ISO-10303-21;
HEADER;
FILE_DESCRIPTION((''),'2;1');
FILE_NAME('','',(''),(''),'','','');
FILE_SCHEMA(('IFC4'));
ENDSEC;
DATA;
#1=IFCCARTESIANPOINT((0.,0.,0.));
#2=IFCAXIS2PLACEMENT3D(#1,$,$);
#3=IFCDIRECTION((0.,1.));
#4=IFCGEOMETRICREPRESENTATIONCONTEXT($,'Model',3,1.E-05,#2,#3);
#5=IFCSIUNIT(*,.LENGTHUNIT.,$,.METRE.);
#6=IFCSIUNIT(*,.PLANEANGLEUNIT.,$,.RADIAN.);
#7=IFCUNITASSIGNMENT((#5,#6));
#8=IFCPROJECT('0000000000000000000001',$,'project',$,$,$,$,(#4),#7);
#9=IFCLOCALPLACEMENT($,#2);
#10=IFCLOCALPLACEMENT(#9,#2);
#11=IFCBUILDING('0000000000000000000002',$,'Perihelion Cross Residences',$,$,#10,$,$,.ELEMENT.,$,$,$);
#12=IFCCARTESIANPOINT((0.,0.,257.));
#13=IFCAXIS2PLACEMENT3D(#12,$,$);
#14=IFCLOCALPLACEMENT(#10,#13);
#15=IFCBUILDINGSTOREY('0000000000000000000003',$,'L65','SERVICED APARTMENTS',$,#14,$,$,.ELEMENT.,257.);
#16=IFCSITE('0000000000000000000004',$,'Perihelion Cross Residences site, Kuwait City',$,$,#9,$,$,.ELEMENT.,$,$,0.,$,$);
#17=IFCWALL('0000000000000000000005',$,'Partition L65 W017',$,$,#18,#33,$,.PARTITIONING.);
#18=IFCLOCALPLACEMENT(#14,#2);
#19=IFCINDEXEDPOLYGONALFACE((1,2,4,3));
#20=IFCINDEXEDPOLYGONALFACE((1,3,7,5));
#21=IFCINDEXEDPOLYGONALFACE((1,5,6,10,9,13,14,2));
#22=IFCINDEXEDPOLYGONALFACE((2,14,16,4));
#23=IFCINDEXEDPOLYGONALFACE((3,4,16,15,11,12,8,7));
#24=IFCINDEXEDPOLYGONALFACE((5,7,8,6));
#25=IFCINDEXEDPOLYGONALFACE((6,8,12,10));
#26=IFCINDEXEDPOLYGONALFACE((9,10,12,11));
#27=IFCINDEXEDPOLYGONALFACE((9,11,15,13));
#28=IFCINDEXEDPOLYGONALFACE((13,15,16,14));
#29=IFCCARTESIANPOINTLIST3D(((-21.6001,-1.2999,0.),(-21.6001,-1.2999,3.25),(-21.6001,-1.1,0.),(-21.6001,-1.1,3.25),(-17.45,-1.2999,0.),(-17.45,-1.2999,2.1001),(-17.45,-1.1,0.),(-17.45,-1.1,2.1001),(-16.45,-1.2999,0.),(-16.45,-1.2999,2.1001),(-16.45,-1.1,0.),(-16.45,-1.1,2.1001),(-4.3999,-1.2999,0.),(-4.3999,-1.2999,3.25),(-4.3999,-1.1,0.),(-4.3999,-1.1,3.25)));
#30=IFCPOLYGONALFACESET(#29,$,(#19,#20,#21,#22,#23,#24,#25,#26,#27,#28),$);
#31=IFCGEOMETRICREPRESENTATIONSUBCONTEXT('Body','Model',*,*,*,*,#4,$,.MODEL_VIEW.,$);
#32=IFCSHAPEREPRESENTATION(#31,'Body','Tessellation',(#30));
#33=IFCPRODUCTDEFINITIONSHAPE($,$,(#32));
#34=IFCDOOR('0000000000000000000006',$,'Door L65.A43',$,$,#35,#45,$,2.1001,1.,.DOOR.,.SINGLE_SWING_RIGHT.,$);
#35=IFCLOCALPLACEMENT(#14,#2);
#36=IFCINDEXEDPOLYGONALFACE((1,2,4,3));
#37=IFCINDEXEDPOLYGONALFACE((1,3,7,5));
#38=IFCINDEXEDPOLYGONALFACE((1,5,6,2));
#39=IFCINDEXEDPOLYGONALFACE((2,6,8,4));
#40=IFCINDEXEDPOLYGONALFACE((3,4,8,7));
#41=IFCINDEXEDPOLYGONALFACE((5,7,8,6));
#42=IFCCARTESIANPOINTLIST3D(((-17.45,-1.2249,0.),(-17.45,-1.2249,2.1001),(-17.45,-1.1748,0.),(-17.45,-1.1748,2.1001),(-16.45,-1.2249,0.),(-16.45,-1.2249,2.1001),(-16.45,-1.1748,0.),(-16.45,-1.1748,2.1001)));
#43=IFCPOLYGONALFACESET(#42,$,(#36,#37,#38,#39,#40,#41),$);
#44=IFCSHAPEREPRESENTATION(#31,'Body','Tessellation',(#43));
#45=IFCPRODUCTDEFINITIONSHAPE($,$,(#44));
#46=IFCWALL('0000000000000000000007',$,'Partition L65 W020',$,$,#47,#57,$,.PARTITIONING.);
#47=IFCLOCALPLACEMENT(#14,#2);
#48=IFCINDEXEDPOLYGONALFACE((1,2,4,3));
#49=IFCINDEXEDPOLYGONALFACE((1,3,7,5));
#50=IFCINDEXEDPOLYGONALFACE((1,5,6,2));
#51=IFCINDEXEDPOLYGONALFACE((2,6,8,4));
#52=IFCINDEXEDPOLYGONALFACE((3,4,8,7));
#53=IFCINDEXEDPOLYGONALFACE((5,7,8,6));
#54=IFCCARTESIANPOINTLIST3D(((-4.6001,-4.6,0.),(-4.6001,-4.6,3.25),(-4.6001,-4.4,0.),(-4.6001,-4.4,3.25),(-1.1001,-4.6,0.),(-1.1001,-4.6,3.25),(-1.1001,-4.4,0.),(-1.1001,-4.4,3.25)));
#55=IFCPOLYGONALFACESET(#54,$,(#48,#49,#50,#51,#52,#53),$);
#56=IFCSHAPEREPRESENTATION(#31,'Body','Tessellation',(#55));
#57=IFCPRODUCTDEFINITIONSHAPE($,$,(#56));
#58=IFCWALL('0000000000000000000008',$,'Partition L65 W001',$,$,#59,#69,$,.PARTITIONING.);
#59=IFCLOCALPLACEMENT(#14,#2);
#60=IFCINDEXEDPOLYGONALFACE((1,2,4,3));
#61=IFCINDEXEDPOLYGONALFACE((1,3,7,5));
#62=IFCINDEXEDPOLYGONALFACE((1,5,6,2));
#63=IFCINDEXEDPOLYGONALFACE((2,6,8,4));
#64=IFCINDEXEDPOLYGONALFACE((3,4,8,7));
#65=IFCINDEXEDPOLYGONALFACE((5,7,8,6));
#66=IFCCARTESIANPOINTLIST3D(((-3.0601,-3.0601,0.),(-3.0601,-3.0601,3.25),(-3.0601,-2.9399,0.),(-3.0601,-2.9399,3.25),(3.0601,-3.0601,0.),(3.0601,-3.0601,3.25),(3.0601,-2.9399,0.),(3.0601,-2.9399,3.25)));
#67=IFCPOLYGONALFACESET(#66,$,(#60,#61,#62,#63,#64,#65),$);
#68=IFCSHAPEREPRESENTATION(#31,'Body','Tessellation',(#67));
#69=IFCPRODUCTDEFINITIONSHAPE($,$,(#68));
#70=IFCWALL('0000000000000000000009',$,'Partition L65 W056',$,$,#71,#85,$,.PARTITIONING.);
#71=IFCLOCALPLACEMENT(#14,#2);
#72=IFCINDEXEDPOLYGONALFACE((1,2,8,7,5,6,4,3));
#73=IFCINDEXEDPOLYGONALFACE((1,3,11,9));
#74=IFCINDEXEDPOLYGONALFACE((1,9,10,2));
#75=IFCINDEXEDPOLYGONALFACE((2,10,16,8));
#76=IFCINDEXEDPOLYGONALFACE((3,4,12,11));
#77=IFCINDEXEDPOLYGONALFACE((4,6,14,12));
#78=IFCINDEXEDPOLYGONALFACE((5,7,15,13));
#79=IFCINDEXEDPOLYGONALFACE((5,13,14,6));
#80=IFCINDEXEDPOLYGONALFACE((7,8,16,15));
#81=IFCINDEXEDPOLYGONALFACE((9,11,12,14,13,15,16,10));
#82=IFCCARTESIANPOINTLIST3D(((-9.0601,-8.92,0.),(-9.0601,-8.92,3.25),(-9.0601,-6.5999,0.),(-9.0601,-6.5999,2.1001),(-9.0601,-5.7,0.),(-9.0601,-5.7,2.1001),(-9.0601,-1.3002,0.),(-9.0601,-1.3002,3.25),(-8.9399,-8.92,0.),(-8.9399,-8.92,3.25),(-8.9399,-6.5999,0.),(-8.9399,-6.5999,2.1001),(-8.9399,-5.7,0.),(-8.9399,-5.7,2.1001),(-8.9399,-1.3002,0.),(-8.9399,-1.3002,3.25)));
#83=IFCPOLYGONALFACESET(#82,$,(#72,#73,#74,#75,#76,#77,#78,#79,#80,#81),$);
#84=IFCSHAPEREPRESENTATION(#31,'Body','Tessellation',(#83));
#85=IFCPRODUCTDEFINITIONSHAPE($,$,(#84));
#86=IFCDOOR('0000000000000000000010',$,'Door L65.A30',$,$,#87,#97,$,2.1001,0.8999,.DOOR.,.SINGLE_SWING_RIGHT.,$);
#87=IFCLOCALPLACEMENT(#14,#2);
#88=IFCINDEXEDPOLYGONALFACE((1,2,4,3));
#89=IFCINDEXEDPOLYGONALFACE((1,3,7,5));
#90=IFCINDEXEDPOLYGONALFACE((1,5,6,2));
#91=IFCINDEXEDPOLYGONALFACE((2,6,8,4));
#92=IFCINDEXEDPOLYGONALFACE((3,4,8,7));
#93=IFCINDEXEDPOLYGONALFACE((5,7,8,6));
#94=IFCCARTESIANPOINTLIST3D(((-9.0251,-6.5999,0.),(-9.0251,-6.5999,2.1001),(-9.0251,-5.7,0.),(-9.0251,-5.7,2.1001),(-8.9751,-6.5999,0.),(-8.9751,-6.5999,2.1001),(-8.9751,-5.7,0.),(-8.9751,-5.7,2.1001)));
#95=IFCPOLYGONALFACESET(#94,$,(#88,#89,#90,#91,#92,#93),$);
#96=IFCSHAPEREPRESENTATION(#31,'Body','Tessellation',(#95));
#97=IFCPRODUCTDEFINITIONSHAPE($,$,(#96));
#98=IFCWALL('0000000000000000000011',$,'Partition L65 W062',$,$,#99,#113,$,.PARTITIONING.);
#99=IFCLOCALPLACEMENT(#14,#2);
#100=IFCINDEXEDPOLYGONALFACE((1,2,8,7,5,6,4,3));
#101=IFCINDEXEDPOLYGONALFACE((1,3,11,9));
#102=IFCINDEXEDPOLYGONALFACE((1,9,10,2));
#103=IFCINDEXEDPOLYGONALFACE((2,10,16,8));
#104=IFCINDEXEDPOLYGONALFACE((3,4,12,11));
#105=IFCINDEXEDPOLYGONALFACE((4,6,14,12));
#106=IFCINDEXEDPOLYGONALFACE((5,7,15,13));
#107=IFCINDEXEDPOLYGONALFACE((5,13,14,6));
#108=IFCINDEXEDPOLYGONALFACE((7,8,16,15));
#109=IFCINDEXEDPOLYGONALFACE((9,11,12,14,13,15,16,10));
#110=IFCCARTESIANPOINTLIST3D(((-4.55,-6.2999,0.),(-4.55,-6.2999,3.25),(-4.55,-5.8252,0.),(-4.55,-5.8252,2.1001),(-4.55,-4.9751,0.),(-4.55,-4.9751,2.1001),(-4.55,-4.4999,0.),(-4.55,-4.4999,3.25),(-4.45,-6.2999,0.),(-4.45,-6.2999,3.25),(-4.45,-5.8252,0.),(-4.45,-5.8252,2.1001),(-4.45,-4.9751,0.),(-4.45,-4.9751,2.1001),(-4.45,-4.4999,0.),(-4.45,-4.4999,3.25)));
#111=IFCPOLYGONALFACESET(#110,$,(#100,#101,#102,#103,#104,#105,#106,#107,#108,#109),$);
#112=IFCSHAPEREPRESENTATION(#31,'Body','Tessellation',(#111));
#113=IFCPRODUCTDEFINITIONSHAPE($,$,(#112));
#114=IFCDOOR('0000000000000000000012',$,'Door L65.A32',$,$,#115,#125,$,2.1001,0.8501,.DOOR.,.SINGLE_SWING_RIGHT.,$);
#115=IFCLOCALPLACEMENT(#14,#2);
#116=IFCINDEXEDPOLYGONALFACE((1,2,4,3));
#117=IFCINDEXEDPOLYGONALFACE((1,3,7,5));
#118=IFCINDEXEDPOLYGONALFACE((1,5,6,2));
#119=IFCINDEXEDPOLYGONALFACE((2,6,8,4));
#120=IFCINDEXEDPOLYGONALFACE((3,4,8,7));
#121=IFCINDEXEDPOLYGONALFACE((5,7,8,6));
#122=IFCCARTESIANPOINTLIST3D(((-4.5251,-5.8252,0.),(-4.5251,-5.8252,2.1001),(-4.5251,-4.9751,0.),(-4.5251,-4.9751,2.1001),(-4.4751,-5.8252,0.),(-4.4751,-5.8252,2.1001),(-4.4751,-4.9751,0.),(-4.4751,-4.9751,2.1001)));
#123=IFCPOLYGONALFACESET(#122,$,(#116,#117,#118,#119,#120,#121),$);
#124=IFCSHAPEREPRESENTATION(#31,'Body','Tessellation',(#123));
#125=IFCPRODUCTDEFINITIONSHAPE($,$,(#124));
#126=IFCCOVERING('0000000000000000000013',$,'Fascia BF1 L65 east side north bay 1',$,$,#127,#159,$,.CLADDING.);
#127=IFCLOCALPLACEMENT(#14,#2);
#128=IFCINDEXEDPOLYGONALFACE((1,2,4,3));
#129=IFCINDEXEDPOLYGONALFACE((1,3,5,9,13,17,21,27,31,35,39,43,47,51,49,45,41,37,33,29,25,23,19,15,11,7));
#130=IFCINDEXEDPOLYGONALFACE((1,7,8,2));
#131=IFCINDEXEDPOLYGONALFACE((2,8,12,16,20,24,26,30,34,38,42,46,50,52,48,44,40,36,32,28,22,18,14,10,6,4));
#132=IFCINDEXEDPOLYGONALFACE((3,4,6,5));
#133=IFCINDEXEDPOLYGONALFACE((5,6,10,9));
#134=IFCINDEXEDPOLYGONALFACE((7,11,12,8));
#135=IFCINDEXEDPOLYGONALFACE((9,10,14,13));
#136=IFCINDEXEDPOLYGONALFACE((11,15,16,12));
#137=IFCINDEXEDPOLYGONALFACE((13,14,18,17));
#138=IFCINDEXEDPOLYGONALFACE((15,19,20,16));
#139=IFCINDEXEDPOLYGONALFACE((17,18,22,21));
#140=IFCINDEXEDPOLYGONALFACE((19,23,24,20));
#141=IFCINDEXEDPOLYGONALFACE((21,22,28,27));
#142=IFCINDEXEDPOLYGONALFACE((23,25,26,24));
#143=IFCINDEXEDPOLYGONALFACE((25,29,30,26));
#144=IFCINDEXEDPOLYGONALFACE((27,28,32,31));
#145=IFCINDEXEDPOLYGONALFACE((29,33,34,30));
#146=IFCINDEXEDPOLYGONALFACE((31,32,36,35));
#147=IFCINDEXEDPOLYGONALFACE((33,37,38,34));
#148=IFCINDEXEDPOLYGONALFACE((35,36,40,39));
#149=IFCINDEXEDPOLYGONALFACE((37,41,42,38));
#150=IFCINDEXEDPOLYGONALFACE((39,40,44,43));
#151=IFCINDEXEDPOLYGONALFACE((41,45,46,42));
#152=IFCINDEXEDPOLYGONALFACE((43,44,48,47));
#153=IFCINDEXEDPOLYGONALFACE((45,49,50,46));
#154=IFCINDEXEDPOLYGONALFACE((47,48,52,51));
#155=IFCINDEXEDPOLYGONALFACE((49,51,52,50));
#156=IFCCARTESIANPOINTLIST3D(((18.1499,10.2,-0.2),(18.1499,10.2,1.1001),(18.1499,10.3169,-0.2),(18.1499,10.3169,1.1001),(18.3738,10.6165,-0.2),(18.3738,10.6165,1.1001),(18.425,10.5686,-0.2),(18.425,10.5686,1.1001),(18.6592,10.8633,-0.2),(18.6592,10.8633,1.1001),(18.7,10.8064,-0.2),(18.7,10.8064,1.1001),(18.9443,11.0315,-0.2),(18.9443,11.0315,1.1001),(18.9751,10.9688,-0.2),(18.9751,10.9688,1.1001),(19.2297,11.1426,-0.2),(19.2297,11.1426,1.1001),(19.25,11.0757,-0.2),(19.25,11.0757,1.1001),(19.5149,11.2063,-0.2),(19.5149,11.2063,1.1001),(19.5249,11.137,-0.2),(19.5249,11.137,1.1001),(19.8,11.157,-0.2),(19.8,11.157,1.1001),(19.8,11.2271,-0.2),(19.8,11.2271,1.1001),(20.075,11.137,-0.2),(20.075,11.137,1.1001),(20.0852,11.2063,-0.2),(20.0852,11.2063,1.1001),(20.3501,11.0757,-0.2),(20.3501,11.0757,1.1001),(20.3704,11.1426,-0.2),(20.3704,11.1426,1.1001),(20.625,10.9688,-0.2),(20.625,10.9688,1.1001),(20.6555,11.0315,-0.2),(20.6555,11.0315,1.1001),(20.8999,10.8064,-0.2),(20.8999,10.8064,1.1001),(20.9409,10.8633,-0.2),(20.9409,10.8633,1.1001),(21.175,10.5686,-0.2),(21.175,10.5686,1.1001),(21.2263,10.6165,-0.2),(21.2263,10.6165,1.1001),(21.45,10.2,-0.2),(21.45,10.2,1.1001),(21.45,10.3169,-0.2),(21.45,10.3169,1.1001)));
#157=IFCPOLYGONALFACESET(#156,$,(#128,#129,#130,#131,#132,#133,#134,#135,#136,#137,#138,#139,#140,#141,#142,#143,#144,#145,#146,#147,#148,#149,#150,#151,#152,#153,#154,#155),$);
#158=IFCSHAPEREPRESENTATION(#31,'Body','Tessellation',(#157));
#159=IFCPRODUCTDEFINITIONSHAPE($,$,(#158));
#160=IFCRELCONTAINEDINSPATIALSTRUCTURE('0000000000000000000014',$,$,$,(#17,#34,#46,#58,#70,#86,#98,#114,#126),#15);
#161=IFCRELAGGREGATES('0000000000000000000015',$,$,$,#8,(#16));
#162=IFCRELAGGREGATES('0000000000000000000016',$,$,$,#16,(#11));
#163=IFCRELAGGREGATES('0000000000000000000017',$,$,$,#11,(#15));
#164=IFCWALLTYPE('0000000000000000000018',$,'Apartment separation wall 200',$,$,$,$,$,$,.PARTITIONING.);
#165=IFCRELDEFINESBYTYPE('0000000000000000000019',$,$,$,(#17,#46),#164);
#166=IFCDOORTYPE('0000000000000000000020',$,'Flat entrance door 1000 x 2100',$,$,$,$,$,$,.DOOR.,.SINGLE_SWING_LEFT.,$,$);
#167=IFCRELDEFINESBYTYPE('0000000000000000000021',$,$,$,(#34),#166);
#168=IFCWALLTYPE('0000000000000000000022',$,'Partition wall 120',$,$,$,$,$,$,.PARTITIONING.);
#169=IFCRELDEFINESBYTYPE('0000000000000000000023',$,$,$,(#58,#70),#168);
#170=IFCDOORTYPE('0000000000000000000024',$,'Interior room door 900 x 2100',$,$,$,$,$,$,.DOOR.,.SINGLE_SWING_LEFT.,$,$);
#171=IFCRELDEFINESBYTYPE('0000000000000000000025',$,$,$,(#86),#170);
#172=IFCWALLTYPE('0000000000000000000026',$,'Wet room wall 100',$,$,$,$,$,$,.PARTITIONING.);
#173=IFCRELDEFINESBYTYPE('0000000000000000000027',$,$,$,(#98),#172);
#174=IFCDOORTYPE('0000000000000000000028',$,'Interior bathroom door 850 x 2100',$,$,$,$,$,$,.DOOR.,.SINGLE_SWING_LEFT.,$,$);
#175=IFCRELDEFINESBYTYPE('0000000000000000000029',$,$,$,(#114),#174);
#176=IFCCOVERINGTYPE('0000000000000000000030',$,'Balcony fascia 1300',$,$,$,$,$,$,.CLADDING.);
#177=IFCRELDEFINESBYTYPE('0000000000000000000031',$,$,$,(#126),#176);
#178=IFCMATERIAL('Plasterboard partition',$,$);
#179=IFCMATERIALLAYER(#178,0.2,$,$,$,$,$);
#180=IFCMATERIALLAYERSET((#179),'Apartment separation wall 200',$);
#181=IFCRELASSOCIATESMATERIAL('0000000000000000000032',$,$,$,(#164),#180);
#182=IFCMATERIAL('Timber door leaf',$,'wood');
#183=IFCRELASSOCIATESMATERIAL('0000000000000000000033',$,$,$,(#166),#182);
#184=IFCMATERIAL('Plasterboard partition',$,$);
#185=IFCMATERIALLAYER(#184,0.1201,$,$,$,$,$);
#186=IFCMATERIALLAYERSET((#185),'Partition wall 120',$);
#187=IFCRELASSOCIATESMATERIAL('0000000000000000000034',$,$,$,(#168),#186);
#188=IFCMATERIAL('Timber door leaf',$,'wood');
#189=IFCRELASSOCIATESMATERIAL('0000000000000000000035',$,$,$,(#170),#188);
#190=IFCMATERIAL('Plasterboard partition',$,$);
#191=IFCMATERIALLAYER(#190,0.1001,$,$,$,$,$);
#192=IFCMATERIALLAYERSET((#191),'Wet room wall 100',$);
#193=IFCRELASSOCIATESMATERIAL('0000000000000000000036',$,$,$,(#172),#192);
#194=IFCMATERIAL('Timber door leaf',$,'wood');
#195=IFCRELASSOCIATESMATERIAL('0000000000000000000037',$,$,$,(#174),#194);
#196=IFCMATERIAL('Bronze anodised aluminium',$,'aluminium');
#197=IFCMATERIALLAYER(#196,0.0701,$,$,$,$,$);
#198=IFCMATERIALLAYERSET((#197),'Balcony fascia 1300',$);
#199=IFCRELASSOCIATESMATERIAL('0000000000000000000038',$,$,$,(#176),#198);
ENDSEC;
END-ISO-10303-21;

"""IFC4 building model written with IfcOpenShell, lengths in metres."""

from ifc_helpers import new_model, si_unit, direction, frame, frame_2d, origin, place, context, subcontext, project, spatial, polyline, rectangle, outline, extrude, material, layer, layer_set, type_object, element, fill, save


model = new_model("IFC4")

# Units and contexts
model_context = context("Model", 3, precision=1e-05, world=origin(), true_north=direction((0.0, 1.0)))
body_context = subcontext(model_context, "Body", "Model", "MODEL_VIEW")
ifc_project = project(units=[si_unit("LENGTHUNIT", "METRE"), si_unit("PLANEANGLEUNIT", "RADIAN")], contexts=[model_context])

# Site, building, storey
site_placement = place(None, origin())
site = spatial("IfcSite", under=ifc_project, at=site_placement, Name="Perihelion Cross Residences site, Kuwait City", CompositionType="ELEMENT", RefElevation=0.0)
building_placement = place(site_placement, origin())
building = spatial("IfcBuilding", under=site, at=building_placement, Name="Perihelion Cross Residences", CompositionType="ELEMENT")
storey_placement = place(building_placement, frame((0.0, 0.0, 257.0)))
storey = spatial("IfcBuildingStorey", under=building, at=storey_placement, Name="L65", Description="SERVICED APARTMENTS", CompositionType="ELEMENT", Elevation=257.0)

# Wall, opening, door
ifc_material_1 = material(Name="Plasterboard partition")
ifc_layer_1 = layer(ifc_material_1, 0.2)
ifc_layer_set_1 = layer_set([ifc_layer_1], Name="Apartment separation wall 200")
wall_type_1 = type_object("IfcWallType", Name="Apartment separation wall 200", PredefinedType="PARTITIONING", material=ifc_layer_set_1)
wall_1_placement = place(storey_placement, frame((-4.3999, -1.2, 0.0), z_axis=(0.0, 0.0, 1.0), x_axis=(-1.0, 0.0, 0.0)))
wall_1 = element("IfcWall", 1, at=wall_1_placement, inside=storey, type_object=wall_type_1, Name="Partition L65 W017", PredefinedType="PARTITIONING", context=body_context, shape_type="SweptSolid", body=[
    extrude(rectangle(XDim=17.2002, YDim=0.2, at=frame_2d((8.6001, 0.0))), origin(), (0.0, 0.0, 1.0), 3.25),
])
opening_1_placement = place(wall_1_placement, frame((12.05, 0.0, 0.0)))
opening_1 = element("IfcOpeningElement", 2, at=opening_1_placement, cuts=wall_1, PredefinedType="OPENING", context=body_context, shape_type="SweptSolid", body=[
    extrude(rectangle(XDim=1.0, YDim=2.1001, at=frame_2d((0.5, 1.05))), frame((0.0, 0.1099, 0.0), z_axis=(0.0, -1.0, 0.0), x_axis=(1.0, 0.0, 0.0)), (0.0, 0.0, 1.0), 0.22),
])
ifc_material_2 = material(Name="Timber door leaf", Category="wood")
door_type_1 = type_object("IfcDoorType", Name="Flat entrance door 1000 x 2100", OperationType="SINGLE_SWING_LEFT", PredefinedType="DOOR", material=ifc_material_2)
door_1_placement = place(opening_1_placement, origin())
door_1 = element("IfcDoor", 3, at=door_1_placement, inside=storey, type_object=door_type_1, Name="Door L65.A43", OperationType="SINGLE_SWING_RIGHT", OverallHeight=2.1001, OverallWidth=1.0, PredefinedType="DOOR", context=body_context, shape_type="SweptSolid", body=[
    extrude(rectangle(XDim=1.0, YDim=2.1001, at=frame_2d((0.5, 1.05))), frame((0.0, 0.0249, 0.0), z_axis=(0.0, -1.0, 0.0), x_axis=(1.0, 0.0, 0.0)), (0.0, 0.0, 1.0), 0.05),
])
fill(opening_1, door_1)

# Walls
wall_2_placement = place(storey_placement, frame((-1.1001, -4.5, 0.0), z_axis=(0.0, 0.0, 1.0), x_axis=(-1.0, 0.0, 0.0)))
element("IfcWall", 4, at=wall_2_placement, inside=storey, type_object=wall_type_1, Name="Partition L65 W020", PredefinedType="PARTITIONING", context=body_context, shape_type="SweptSolid", body=[
    extrude(rectangle(XDim=3.5, YDim=0.2, at=frame_2d((1.75, 0.0))), origin(), (0.0, 0.0, 1.0), 3.25),
])
ifc_material_3 = material(Name="Plasterboard partition")
ifc_layer_2 = layer(ifc_material_3, 0.1201)
ifc_layer_set_2 = layer_set([ifc_layer_2], Name="Partition wall 120")
wall_type_2 = type_object("IfcWallType", Name="Partition wall 120", PredefinedType="PARTITIONING", material=ifc_layer_set_2)
wall_3_placement = place(storey_placement, frame((-3.0601, -3.0, 0.0), z_axis=(0.0, 0.0, 1.0), x_axis=(1.0, 0.0, 0.0)))
element("IfcWall", 5, at=wall_3_placement, inside=storey, type_object=wall_type_2, Name="Partition L65 W001", PredefinedType="PARTITIONING", context=body_context, shape_type="SweptSolid", body=[
    extrude(rectangle(XDim=6.1201, YDim=0.1201, at=frame_2d((3.0601, 0.0))), origin(), (0.0, 0.0, 1.0), 3.25),
])

# Walls, openings, doors
wall_4_placement = place(storey_placement, frame((-9.0, -1.3, 0.0), z_axis=(0.0, 0.0, 1.0), x_axis=(0.0, -1.0, 0.0)))
wall_4 = element("IfcWall", 6, at=wall_4_placement, inside=storey, type_object=wall_type_2, Name="Partition L65 W056", PredefinedType="PARTITIONING", context=body_context, shape_type="SweptSolid", body=[
    extrude(rectangle(XDim=7.6199, YDim=0.1201, at=frame_2d((3.8101, 0.0))), origin(), (0.0, 0.0, 1.0), 3.25),
])
opening_2_placement = place(wall_4_placement, frame((4.3999, 0.0, 0.0)))
opening_2 = element("IfcOpeningElement", 7, at=opening_2_placement, cuts=wall_4, PredefinedType="OPENING", context=body_context, shape_type="SweptSolid", body=[
    extrude(rectangle(XDim=0.8999, YDim=2.1001, at=frame_2d((0.45, 1.05))), frame((0.0, 0.0701, 0.0), z_axis=(0.0, -1.0, 0.0), x_axis=(1.0, 0.0, 0.0)), (0.0, 0.0, 1.0), 0.1401),
])
ifc_material_4 = material(Name="Timber door leaf", Category="wood")
door_type_2 = type_object("IfcDoorType", Name="Interior room door 900 x 2100", OperationType="SINGLE_SWING_LEFT", PredefinedType="DOOR", material=ifc_material_4)
door_2_placement = place(opening_2_placement, origin())
door_2 = element("IfcDoor", 8, at=door_2_placement, inside=storey, type_object=door_type_2, Name="Door L65.A30", OperationType="SINGLE_SWING_RIGHT", OverallHeight=2.1001, OverallWidth=0.8999, PredefinedType="DOOR", context=body_context, shape_type="SweptSolid", body=[
    extrude(rectangle(XDim=0.8999, YDim=2.1001, at=frame_2d((0.45, 1.05))), frame((0.0, 0.0249, 0.0), z_axis=(0.0, -1.0, 0.0), x_axis=(1.0, 0.0, 0.0)), (0.0, 0.0, 1.0), 0.05),
])
fill(opening_2, door_2)
ifc_material_5 = material(Name="Plasterboard partition")
ifc_layer_3 = layer(ifc_material_5, 0.1001)
ifc_layer_set_3 = layer_set([ifc_layer_3], Name="Wet room wall 100")
wall_type_3 = type_object("IfcWallType", Name="Wet room wall 100", PredefinedType="PARTITIONING", material=ifc_layer_set_3)
wall_5_placement = place(storey_placement, frame((-4.5, -4.5, 0.0), z_axis=(0.0, 0.0, 1.0), x_axis=(0.0, -1.0, 0.0)))
wall_5 = element("IfcWall", 9, at=wall_5_placement, inside=storey, type_object=wall_type_3, Name="Partition L65 W062", PredefinedType="PARTITIONING", context=body_context, shape_type="SweptSolid", body=[
    extrude(rectangle(XDim=1.8, YDim=0.1001, at=frame_2d((0.8999, 0.0))), origin(), (0.0, 0.0, 1.0), 3.25),
])
opening_3_placement = place(wall_5_placement, frame((0.4751, 0.0, 0.0)))
opening_3 = element("IfcOpeningElement", 10, at=opening_3_placement, cuts=wall_5, PredefinedType="OPENING", context=body_context, shape_type="SweptSolid", body=[
    extrude(rectangle(XDim=0.8501, YDim=2.1001, at=frame_2d((0.425, 1.05))), frame((0.0, 0.0601, 0.0), z_axis=(0.0, -1.0, 0.0), x_axis=(1.0, 0.0, 0.0)), (0.0, 0.0, 1.0), 0.1201),
])
ifc_material_6 = material(Name="Timber door leaf", Category="wood")
door_type_3 = type_object("IfcDoorType", Name="Interior bathroom door 850 x 2100", OperationType="SINGLE_SWING_LEFT", PredefinedType="DOOR", material=ifc_material_6)
door_3_placement = place(opening_3_placement, origin())
door_3 = element("IfcDoor", 11, at=door_3_placement, inside=storey, type_object=door_type_3, Name="Door L65.A32", OperationType="SINGLE_SWING_RIGHT", OverallHeight=2.1001, OverallWidth=0.8501, PredefinedType="DOOR", context=body_context, shape_type="SweptSolid", body=[
    extrude(rectangle(XDim=0.8501, YDim=2.1001, at=frame_2d((0.425, 1.05))), frame((0.0, 0.0249, 0.0), z_axis=(0.0, -1.0, 0.0), x_axis=(1.0, 0.0, 0.0)), (0.0, 0.0, 1.0), 0.05),
])
fill(opening_3, door_3)

# Covering
ifc_material_7 = material(Name="Bronze anodised aluminium", Category="aluminium")
ifc_layer_4 = layer(ifc_material_7, 0.0701)
ifc_layer_set_4 = layer_set([ifc_layer_4], Name="Balcony fascia 1300")
covering_type = type_object("IfcCoveringType", Name="Balcony fascia 1300", PredefinedType="CLADDING", material=ifc_layer_set_4)
covering_1_placement = place(storey_placement, frame((0.0, 0.0, -0.2)))
element("IfcCovering", 12, at=covering_1_placement, inside=storey, type_object=covering_type, Name="Fascia BF1 L65 east side north bay 1", PredefinedType="CLADDING", context=body_context, shape_type="SweptSolid", body=[
    extrude(outline(polyline([(21.2263, 10.6165), (20.9409, 10.8633), (20.6555, 11.0315), (20.3704, 11.1426), (20.0852, 11.2063), (19.8, 11.2271), (19.5149, 11.2063), (19.2297, 11.1426), (18.9443, 11.0315), (18.6592, 10.8633), (18.3738, 10.6165), (18.1499, 10.3169), (18.1499, 10.2), (18.425, 10.5686), (18.7, 10.8064), (18.9751, 10.9688), (19.25, 11.0757), (19.5249, 11.137), (19.8, 11.157), (20.075, 11.137), (20.3501, 11.0757), (20.625, 10.9688), (20.8999, 10.8064), (21.175, 10.5686), (21.45, 10.2), (21.45, 10.3169), (21.2263, 10.6165)])), origin(), (0.0, 0.0, 1.0), 1.3),
])

save(model, "model.ifc")
